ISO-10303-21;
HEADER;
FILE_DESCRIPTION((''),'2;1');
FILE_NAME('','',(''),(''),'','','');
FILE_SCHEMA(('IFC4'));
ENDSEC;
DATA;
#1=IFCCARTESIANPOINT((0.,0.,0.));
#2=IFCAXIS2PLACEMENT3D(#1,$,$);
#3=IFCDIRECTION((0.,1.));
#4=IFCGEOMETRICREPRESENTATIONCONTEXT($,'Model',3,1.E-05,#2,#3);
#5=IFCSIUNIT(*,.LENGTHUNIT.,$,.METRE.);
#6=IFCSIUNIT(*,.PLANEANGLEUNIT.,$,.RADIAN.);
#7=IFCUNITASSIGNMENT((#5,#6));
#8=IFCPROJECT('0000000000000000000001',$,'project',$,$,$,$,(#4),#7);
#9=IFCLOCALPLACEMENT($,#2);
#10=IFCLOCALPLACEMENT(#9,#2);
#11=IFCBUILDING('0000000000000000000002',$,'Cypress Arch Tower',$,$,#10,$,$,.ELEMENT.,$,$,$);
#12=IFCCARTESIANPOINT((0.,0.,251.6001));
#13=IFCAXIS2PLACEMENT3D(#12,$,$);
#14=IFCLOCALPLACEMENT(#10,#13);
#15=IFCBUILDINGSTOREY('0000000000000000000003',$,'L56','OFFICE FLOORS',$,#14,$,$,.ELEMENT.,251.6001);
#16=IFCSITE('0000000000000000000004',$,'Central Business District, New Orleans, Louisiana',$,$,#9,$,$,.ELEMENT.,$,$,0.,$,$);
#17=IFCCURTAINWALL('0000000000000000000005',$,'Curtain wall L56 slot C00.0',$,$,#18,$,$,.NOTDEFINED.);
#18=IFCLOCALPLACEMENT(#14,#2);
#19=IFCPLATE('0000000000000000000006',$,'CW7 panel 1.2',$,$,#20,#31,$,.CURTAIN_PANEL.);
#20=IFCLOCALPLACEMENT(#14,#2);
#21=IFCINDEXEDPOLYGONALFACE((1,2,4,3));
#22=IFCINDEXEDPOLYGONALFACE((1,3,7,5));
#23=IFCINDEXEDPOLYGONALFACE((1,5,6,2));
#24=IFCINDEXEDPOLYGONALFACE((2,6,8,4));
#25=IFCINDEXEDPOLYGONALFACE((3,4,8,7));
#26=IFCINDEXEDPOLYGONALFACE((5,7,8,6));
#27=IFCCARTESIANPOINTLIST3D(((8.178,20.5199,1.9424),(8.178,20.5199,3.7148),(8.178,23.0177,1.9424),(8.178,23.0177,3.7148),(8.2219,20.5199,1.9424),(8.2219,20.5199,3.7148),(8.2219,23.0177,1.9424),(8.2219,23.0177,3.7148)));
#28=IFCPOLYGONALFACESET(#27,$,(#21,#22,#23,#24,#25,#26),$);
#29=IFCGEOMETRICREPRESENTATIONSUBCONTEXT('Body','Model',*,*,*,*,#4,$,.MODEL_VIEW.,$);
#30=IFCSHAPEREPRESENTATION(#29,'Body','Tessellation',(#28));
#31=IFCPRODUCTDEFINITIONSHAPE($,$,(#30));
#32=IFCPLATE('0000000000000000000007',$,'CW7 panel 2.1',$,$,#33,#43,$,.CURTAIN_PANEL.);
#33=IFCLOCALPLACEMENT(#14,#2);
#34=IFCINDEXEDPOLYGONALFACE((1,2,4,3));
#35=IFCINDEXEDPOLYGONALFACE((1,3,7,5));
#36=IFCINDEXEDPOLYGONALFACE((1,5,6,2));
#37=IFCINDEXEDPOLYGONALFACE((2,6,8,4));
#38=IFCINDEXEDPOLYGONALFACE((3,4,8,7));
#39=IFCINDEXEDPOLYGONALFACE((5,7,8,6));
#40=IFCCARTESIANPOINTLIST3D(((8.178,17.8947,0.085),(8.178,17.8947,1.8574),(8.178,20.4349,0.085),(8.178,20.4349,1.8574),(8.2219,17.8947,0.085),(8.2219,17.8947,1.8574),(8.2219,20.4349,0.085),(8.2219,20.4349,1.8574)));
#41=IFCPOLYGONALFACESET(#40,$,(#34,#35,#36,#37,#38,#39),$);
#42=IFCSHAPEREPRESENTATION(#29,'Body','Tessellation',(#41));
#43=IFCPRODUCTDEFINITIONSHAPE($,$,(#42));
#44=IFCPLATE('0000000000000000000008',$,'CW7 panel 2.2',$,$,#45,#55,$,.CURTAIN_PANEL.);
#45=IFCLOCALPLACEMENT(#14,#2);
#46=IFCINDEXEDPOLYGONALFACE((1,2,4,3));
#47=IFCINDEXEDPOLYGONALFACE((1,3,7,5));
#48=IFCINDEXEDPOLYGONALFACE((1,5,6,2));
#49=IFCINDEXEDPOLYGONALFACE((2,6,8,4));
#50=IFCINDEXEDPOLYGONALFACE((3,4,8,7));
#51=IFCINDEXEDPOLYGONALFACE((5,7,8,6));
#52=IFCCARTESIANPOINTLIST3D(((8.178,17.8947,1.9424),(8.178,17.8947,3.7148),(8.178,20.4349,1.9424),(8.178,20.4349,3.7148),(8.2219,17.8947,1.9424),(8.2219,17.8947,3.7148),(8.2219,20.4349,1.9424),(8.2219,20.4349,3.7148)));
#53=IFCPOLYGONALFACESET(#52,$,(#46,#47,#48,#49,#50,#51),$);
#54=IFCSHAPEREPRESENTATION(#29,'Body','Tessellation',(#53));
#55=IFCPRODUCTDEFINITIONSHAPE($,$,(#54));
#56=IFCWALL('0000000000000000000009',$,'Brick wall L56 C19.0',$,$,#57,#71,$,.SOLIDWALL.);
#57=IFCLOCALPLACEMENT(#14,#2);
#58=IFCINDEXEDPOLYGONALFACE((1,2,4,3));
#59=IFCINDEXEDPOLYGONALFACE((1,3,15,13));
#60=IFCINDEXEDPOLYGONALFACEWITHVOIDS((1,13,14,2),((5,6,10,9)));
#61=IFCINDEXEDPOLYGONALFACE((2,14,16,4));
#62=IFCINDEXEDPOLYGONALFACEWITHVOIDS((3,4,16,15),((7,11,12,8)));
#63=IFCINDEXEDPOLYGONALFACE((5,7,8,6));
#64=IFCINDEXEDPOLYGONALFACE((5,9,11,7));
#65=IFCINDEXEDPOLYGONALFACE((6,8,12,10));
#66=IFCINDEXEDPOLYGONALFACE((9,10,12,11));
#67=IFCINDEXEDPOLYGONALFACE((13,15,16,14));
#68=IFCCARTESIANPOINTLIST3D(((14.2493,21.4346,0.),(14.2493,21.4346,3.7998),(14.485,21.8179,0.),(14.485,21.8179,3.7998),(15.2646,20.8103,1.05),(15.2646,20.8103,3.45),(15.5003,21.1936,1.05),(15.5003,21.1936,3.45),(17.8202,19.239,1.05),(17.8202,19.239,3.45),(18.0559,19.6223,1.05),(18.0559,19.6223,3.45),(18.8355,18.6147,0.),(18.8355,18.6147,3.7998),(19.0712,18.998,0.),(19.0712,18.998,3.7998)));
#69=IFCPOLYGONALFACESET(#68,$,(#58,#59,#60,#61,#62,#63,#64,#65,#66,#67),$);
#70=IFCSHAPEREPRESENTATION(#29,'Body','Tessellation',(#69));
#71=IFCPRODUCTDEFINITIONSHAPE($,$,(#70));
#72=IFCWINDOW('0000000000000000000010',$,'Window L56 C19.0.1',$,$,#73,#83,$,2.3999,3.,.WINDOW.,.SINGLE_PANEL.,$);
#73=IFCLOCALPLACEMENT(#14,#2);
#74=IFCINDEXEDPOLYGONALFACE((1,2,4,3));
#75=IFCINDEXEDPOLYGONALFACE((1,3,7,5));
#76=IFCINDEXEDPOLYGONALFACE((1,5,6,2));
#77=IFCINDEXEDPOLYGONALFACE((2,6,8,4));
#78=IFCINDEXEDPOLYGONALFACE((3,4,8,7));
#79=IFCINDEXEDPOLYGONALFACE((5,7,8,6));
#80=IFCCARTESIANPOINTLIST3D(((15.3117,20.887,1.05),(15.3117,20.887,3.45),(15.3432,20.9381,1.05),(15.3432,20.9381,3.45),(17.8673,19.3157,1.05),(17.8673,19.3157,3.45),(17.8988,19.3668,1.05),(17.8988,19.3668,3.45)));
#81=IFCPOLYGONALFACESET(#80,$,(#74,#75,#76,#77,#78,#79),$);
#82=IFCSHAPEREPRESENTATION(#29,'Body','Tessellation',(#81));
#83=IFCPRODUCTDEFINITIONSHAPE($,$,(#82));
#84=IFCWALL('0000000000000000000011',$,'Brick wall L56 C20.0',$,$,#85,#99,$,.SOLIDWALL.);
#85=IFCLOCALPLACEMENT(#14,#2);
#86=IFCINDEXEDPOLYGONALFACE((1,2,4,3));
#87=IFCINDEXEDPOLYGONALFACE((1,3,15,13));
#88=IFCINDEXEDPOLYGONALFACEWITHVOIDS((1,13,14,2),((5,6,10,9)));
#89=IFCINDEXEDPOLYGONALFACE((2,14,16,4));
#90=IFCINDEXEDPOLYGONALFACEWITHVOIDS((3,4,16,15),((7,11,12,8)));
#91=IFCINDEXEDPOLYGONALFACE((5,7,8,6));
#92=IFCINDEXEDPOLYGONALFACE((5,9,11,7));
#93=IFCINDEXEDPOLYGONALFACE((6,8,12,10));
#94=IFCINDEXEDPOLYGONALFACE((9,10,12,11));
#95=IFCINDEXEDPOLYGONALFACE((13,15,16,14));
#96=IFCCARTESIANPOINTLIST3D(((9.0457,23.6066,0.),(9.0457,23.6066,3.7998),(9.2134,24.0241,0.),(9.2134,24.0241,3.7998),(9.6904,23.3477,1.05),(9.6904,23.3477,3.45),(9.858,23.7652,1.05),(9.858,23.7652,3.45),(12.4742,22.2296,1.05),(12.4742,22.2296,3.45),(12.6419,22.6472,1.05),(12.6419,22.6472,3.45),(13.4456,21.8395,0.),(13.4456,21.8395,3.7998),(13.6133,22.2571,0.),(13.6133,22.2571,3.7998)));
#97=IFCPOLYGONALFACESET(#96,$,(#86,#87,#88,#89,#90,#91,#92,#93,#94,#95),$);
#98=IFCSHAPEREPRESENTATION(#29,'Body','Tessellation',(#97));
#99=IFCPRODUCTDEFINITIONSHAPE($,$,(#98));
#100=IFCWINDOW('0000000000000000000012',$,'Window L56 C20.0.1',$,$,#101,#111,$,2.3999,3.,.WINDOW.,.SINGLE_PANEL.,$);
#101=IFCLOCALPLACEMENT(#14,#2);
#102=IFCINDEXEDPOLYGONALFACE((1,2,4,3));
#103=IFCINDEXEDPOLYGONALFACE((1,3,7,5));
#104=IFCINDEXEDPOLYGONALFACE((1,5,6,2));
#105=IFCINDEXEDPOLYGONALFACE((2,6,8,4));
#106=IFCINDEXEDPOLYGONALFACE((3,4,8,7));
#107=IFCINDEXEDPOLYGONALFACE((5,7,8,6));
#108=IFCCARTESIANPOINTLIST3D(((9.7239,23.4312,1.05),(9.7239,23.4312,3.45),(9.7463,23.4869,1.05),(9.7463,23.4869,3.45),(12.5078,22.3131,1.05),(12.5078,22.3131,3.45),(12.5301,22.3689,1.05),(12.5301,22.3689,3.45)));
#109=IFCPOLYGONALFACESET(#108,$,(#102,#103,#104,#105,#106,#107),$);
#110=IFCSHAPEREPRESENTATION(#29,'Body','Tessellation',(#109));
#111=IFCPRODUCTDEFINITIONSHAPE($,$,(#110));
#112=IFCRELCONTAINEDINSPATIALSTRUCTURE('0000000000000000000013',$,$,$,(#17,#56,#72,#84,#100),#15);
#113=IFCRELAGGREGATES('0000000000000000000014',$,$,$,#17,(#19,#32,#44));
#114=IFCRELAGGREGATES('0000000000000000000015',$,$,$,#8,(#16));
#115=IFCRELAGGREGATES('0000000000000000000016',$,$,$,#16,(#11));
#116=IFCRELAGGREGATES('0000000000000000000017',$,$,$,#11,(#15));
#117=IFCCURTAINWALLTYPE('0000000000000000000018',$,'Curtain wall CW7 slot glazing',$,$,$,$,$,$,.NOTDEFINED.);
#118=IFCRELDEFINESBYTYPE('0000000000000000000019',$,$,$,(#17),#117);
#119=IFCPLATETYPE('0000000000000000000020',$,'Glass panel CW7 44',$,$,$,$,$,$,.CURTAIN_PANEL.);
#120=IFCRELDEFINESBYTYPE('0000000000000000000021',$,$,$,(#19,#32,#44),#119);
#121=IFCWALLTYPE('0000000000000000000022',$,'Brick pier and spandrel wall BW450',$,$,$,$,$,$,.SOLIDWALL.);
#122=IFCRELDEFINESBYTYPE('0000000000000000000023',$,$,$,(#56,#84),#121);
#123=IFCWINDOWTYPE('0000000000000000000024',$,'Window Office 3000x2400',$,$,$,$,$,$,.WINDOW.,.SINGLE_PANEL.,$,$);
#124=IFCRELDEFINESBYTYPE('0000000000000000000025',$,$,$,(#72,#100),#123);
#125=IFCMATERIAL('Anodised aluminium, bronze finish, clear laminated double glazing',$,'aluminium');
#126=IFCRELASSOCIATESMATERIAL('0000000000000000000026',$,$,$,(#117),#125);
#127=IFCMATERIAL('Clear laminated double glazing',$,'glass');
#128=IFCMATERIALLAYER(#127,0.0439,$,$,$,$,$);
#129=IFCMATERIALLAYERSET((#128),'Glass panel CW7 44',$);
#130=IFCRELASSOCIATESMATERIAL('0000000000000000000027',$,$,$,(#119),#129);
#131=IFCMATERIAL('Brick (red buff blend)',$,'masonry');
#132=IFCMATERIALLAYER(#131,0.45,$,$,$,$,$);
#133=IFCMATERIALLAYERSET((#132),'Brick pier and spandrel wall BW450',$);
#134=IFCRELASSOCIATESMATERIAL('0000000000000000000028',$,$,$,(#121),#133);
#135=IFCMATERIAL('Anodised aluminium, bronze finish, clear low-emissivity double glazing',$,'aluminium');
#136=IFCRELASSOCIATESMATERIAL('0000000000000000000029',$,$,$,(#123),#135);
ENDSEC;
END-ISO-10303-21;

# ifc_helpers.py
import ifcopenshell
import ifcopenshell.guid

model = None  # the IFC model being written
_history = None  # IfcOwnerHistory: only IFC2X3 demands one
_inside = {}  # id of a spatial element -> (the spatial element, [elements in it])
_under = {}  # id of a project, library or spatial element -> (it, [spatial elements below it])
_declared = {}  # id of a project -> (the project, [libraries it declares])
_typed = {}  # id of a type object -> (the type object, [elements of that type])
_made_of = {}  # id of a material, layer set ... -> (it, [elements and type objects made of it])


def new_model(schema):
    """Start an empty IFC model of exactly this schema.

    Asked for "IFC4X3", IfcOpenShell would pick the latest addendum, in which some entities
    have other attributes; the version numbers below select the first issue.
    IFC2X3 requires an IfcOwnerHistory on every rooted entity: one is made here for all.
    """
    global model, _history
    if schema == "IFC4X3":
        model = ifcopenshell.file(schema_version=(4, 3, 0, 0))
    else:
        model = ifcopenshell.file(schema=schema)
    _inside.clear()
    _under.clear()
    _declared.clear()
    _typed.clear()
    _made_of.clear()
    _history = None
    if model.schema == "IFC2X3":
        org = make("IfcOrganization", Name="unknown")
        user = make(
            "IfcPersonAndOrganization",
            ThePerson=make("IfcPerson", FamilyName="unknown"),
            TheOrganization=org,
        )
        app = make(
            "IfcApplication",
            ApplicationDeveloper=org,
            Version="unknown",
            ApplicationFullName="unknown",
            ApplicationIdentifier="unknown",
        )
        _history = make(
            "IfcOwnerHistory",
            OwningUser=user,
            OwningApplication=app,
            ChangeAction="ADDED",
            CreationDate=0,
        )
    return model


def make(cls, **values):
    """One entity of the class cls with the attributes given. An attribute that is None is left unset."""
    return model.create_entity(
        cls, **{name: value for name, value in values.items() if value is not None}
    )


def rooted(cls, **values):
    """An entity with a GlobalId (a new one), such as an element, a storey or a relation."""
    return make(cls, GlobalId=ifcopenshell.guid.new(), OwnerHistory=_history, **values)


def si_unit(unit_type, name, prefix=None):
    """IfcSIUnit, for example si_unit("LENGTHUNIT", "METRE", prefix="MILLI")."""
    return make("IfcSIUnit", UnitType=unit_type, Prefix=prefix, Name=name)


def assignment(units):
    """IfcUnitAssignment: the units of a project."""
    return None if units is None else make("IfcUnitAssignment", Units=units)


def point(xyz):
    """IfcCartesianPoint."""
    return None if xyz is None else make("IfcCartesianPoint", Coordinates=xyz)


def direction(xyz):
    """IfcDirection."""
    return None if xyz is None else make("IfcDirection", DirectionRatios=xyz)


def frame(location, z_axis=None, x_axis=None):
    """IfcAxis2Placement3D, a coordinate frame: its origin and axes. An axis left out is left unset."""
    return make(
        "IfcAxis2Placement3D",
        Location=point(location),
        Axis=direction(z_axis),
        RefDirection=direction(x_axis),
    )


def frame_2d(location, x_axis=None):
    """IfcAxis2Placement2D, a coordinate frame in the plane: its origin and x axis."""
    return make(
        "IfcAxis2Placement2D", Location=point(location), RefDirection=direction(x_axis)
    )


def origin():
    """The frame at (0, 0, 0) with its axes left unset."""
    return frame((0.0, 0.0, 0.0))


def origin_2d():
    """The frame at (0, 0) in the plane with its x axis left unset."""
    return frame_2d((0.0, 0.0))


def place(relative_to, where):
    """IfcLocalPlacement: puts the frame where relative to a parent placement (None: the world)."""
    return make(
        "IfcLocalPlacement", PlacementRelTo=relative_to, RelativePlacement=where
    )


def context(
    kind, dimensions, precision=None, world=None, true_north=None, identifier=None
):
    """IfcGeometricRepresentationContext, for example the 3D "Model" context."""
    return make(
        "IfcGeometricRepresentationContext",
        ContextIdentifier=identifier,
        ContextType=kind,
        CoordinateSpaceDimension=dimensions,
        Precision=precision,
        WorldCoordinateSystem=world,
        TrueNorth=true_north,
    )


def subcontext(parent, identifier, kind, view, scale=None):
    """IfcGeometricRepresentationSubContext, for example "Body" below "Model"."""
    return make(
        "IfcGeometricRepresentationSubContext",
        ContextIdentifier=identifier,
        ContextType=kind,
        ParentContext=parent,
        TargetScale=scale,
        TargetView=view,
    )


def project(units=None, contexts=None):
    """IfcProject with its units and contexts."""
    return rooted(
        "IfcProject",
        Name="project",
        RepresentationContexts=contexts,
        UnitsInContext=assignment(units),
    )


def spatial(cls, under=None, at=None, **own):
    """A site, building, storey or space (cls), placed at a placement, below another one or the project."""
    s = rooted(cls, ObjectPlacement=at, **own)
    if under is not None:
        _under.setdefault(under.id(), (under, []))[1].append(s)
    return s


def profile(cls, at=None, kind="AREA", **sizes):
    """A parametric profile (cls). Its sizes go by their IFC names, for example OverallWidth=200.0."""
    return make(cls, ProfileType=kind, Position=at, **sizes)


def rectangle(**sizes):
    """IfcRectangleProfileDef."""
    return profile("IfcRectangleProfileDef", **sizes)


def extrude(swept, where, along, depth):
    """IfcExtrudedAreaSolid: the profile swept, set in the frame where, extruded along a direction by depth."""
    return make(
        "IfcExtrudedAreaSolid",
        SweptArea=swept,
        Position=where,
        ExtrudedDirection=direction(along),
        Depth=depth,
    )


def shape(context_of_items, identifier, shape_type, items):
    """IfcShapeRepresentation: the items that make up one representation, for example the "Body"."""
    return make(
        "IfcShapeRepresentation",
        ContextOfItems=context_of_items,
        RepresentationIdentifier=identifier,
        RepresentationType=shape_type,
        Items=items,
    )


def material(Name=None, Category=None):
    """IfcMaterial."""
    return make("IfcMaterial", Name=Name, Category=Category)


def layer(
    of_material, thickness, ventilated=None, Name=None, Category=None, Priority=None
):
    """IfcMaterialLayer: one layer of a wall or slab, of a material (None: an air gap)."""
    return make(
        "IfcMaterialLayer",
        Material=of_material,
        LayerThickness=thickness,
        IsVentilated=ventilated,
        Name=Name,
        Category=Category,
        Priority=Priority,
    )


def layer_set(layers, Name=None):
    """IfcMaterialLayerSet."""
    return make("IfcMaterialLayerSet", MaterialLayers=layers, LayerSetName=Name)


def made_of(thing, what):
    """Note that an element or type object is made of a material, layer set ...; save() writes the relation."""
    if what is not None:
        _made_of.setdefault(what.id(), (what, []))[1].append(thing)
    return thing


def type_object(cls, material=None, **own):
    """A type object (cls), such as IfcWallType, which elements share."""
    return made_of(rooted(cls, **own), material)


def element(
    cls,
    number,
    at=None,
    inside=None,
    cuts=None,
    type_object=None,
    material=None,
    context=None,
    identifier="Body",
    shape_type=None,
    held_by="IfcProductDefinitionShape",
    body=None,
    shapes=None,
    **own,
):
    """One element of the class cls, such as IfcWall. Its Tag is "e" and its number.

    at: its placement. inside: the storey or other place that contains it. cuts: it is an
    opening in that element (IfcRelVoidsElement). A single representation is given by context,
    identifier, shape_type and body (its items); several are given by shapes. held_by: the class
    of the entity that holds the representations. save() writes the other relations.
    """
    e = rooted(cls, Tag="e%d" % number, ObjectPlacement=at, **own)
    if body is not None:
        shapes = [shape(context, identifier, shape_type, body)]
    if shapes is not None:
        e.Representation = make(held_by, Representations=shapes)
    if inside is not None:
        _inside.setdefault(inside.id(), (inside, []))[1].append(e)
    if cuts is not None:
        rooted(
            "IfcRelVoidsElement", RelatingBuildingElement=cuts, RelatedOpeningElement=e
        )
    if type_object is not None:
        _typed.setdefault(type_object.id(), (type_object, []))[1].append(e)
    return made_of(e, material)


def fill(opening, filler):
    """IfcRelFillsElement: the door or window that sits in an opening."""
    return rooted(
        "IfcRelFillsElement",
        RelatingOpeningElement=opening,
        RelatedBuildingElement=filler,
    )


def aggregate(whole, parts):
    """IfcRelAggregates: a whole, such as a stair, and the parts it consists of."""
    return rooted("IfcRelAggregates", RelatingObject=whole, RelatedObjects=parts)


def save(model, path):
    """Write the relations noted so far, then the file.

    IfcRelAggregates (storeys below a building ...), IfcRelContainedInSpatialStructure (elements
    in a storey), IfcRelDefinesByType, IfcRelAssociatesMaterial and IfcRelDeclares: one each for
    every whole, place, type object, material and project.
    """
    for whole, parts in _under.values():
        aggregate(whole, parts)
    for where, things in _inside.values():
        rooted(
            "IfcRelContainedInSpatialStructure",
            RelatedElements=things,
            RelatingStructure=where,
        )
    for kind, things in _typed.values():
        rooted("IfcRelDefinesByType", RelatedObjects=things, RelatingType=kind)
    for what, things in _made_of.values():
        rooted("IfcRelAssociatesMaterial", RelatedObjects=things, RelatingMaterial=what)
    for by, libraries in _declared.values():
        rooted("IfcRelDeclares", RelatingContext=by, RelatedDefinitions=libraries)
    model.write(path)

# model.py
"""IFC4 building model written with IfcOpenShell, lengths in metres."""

from ifc_helpers import new_model, si_unit, direction, frame, frame_2d, origin, origin_2d, place, context, subcontext, project, spatial, rectangle, extrude, material, layer, layer_set, type_object, element, fill, aggregate, save


model = new_model("IFC4")

# Units and contexts
model_context = context("Model", 3, precision=1e-05, world=origin(), true_north=direction((0.0, 1.0)))
body_context = subcontext(model_context, "Body", "Model", "MODEL_VIEW")
ifc_project = project(units=[si_unit("LENGTHUNIT", "METRE"), si_unit("PLANEANGLEUNIT", "RADIAN")], contexts=[model_context])

# Site, building, storey
site_placement = place(None, origin())
site = spatial("IfcSite", under=ifc_project, at=site_placement, Name="Central Business District, New Orleans, Louisiana", CompositionType="ELEMENT", RefElevation=0.0)
building_placement = place(site_placement, origin())
building = spatial("IfcBuilding", under=site, at=building_placement, Name="Cypress Arch Tower", CompositionType="ELEMENT")
storey_placement = place(building_placement, frame((0.0, 0.0, 251.6001)))
storey = spatial("IfcBuildingStorey", under=building, at=storey_placement, Name="L56", Description="OFFICE FLOORS", CompositionType="ELEMENT", Elevation=251.6001)

# Curtain wall
ifc_material_1 = material(Name="Anodised aluminium, bronze finish, clear laminated double glazing", Category="aluminium")
curtain_wall_type = type_object("IfcCurtainWallType", Name="Curtain wall CW7 slot glazing", PredefinedType="NOTDEFINED", material=ifc_material_1)
curtain_wall_placement = place(storey_placement, origin())
curtain_wall = element("IfcCurtainWall", 1, at=curtain_wall_placement, inside=storey, type_object=curtain_wall_type, Name="Curtain wall L56 slot C00.0", PredefinedType="NOTDEFINED")

# Plates
ifc_material_2 = material(Name="Clear laminated double glazing", Category="glass")
ifc_layer_1 = layer(ifc_material_2, 0.0439)
ifc_layer_set_1 = layer_set([ifc_layer_1], Name="Glass panel CW7 44")
plate_type = type_object("IfcPlateType", Name="Glass panel CW7 44", PredefinedType="CURTAIN_PANEL", material=ifc_layer_set_1)
plate_1_placement = place(storey_placement, frame((8.2, 21.7688, 1.9424), z_axis=(0.0, 0.0, 1.0), x_axis=(0.0, -1.0, 0.0)))
plate_1 = element("IfcPlate", 2, at=plate_1_placement, type_object=plate_type, Name="CW7 panel 1.2", PredefinedType="CURTAIN_PANEL", context=body_context, shape_type="SweptSolid", body=[
    extrude(rectangle(XDim=2.4978, YDim=0.0439, at=origin_2d()), origin(), (0.0, 0.0, 1.0), 1.7725),
])
plate_2_placement = place(storey_placement, frame((8.2, 19.1648, 0.085), z_axis=(0.0, 0.0, 1.0), x_axis=(0.0, -1.0, 0.0)))
plate_2 = element("IfcPlate", 3, at=plate_2_placement, type_object=plate_type, Name="CW7 panel 2.1", PredefinedType="CURTAIN_PANEL", context=body_context, shape_type="SweptSolid", body=[
    extrude(rectangle(XDim=2.5403, YDim=0.0439, at=origin_2d()), origin(), (0.0, 0.0, 1.0), 1.7725),
])
plate_3_placement = place(storey_placement, frame((8.2, 19.1648, 1.9424), z_axis=(0.0, 0.0, 1.0), x_axis=(0.0, -1.0, 0.0)))
plate_3 = element("IfcPlate", 4, at=plate_3_placement, type_object=plate_type, Name="CW7 panel 2.2", PredefinedType="CURTAIN_PANEL", context=body_context, shape_type="SweptSolid", body=[
    extrude(rectangle(XDim=2.5403, YDim=0.0439, at=origin_2d()), origin(), (0.0, 0.0, 1.0), 1.7725),
])
aggregate(curtain_wall, [plate_1, plate_2, plate_3])

# Walls, openings, windows
ifc_material_3 = material(Name="Brick (red buff blend)", Category="masonry")
ifc_layer_2 = layer(ifc_material_3, 0.45)
ifc_layer_set_2 = layer_set([ifc_layer_2], Name="Brick pier and spandrel wall BW450")
wall_type = type_object("IfcWallType", Name="Brick pier and spandrel wall BW450", PredefinedType="SOLIDWALL", material=ifc_layer_set_2)
wall_1_placement = place(storey_placement, frame((18.9534, 18.8064, 0.0), z_axis=(0.0, 0.0, 1.0), x_axis=(-0.851861, 0.523768, 0.0)))
wall_1 = element("IfcWall", 5, at=wall_1_placement, inside=storey, type_object=wall_type, Name="Brick wall L56 C19.0", PredefinedType="SOLIDWALL", context=body_context, shape_type="SweptSolid", body=[
    extrude(rectangle(XDim=5.3838, YDim=0.45, at=frame_2d((2.6919, 0.0))), origin(), (0.0, 0.0, 1.0), 3.7998),
])
opening_1_placement = place(wall_1_placement, frame((1.1919, 0.0, 1.05)))
opening_1 = element("IfcOpeningElement", 6, at=opening_1_placement, cuts=wall_1, PredefinedType="OPENING", context=body_context, shape_type="SweptSolid", body=[
    extrude(rectangle(XDim=3.0, YDim=2.3999, at=frame_2d((1.5, 1.2))), frame((0.0, 0.2349, 0.0), z_axis=(0.0, -1.0, 0.0), x_axis=(1.0, 0.0, 0.0)), (0.0, 0.0, 1.0), 0.47),
])
ifc_material_4 = material(Name="Anodised aluminium, bronze finish, clear low-emissivity double glazing", Category="aluminium")
window_type = type_object("IfcWindowType", Name="Window Office 3000x2400", PartitioningType="SINGLE_PANEL", PredefinedType="WINDOW", material=ifc_material_4)
window_1_placement = place(opening_1_placement, origin())
window_1 = element("IfcWindow", 7, at=window_1_placement, inside=storey, type_object=window_type, Name="Window L56 C19.0.1", OverallHeight=2.3999, OverallWidth=3.0, PartitioningType="SINGLE_PANEL", PredefinedType="WINDOW", context=body_context, shape_type="SweptSolid", body=[
    extrude(rectangle(XDim=3.0, YDim=2.3999, at=frame_2d((1.5, 1.2))), frame((0.0, 0.135, 0.0), z_axis=(0.0, -1.0, 0.0), x_axis=(1.0, 0.0, 0.0)), (0.0, 0.0, 1.0), 0.0601),
])
fill(opening_1, window_1)
wall_2_placement = place(storey_placement, frame((13.5293, 22.0483, 0.0), z_axis=(0.0, 0.0, 1.0), x_axis=(-0.927957, 0.372686, 0.0)))
wall_2 = element("IfcWall", 8, at=wall_2_placement, inside=storey, type_object=wall_type, Name="Brick wall L56 C20.0", PredefinedType="SOLIDWALL", context=body_context, shape_type="SweptSolid", body=[
    extrude(rectangle(XDim=4.7415, YDim=0.45, at=frame_2d((2.3706, 0.0))), origin(), (0.0, 0.0, 1.0), 3.7998),
])
opening_2_placement = place(wall_2_placement, frame((1.0466, 0.0, 1.05)))
opening_2 = element("IfcOpeningElement", 9, at=opening_2_placement, cuts=wall_2, PredefinedType="OPENING", context=body_context, shape_type="SweptSolid", body=[
    extrude(rectangle(XDim=3.0, YDim=2.3999, at=frame_2d((1.5, 1.2))), frame((0.0, 0.2349, 0.0), z_axis=(0.0, -1.0, 0.0), x_axis=(1.0, 0.0, 0.0)), (0.0, 0.0, 1.0), 0.47),
])
window_2_placement = place(opening_2_placement, origin())
window_2 = element("IfcWindow", 10, at=window_2_placement, inside=storey, type_object=window_type, Name="Window L56 C20.0.1", OverallHeight=2.3999, OverallWidth=3.0, PartitioningType="SINGLE_PANEL", PredefinedType="WINDOW", context=body_context, shape_type="SweptSolid", body=[
    extrude(rectangle(XDim=3.0, YDim=2.3999, at=frame_2d((1.5, 1.2))), frame((0.0, 0.135, 0.0), z_axis=(0.0, -1.0, 0.0), x_axis=(1.0, 0.0, 0.0)), (0.0, 0.0, 1.0), 0.0601),
])
fill(opening_2, window_2)

save(model, "model.ifc")
